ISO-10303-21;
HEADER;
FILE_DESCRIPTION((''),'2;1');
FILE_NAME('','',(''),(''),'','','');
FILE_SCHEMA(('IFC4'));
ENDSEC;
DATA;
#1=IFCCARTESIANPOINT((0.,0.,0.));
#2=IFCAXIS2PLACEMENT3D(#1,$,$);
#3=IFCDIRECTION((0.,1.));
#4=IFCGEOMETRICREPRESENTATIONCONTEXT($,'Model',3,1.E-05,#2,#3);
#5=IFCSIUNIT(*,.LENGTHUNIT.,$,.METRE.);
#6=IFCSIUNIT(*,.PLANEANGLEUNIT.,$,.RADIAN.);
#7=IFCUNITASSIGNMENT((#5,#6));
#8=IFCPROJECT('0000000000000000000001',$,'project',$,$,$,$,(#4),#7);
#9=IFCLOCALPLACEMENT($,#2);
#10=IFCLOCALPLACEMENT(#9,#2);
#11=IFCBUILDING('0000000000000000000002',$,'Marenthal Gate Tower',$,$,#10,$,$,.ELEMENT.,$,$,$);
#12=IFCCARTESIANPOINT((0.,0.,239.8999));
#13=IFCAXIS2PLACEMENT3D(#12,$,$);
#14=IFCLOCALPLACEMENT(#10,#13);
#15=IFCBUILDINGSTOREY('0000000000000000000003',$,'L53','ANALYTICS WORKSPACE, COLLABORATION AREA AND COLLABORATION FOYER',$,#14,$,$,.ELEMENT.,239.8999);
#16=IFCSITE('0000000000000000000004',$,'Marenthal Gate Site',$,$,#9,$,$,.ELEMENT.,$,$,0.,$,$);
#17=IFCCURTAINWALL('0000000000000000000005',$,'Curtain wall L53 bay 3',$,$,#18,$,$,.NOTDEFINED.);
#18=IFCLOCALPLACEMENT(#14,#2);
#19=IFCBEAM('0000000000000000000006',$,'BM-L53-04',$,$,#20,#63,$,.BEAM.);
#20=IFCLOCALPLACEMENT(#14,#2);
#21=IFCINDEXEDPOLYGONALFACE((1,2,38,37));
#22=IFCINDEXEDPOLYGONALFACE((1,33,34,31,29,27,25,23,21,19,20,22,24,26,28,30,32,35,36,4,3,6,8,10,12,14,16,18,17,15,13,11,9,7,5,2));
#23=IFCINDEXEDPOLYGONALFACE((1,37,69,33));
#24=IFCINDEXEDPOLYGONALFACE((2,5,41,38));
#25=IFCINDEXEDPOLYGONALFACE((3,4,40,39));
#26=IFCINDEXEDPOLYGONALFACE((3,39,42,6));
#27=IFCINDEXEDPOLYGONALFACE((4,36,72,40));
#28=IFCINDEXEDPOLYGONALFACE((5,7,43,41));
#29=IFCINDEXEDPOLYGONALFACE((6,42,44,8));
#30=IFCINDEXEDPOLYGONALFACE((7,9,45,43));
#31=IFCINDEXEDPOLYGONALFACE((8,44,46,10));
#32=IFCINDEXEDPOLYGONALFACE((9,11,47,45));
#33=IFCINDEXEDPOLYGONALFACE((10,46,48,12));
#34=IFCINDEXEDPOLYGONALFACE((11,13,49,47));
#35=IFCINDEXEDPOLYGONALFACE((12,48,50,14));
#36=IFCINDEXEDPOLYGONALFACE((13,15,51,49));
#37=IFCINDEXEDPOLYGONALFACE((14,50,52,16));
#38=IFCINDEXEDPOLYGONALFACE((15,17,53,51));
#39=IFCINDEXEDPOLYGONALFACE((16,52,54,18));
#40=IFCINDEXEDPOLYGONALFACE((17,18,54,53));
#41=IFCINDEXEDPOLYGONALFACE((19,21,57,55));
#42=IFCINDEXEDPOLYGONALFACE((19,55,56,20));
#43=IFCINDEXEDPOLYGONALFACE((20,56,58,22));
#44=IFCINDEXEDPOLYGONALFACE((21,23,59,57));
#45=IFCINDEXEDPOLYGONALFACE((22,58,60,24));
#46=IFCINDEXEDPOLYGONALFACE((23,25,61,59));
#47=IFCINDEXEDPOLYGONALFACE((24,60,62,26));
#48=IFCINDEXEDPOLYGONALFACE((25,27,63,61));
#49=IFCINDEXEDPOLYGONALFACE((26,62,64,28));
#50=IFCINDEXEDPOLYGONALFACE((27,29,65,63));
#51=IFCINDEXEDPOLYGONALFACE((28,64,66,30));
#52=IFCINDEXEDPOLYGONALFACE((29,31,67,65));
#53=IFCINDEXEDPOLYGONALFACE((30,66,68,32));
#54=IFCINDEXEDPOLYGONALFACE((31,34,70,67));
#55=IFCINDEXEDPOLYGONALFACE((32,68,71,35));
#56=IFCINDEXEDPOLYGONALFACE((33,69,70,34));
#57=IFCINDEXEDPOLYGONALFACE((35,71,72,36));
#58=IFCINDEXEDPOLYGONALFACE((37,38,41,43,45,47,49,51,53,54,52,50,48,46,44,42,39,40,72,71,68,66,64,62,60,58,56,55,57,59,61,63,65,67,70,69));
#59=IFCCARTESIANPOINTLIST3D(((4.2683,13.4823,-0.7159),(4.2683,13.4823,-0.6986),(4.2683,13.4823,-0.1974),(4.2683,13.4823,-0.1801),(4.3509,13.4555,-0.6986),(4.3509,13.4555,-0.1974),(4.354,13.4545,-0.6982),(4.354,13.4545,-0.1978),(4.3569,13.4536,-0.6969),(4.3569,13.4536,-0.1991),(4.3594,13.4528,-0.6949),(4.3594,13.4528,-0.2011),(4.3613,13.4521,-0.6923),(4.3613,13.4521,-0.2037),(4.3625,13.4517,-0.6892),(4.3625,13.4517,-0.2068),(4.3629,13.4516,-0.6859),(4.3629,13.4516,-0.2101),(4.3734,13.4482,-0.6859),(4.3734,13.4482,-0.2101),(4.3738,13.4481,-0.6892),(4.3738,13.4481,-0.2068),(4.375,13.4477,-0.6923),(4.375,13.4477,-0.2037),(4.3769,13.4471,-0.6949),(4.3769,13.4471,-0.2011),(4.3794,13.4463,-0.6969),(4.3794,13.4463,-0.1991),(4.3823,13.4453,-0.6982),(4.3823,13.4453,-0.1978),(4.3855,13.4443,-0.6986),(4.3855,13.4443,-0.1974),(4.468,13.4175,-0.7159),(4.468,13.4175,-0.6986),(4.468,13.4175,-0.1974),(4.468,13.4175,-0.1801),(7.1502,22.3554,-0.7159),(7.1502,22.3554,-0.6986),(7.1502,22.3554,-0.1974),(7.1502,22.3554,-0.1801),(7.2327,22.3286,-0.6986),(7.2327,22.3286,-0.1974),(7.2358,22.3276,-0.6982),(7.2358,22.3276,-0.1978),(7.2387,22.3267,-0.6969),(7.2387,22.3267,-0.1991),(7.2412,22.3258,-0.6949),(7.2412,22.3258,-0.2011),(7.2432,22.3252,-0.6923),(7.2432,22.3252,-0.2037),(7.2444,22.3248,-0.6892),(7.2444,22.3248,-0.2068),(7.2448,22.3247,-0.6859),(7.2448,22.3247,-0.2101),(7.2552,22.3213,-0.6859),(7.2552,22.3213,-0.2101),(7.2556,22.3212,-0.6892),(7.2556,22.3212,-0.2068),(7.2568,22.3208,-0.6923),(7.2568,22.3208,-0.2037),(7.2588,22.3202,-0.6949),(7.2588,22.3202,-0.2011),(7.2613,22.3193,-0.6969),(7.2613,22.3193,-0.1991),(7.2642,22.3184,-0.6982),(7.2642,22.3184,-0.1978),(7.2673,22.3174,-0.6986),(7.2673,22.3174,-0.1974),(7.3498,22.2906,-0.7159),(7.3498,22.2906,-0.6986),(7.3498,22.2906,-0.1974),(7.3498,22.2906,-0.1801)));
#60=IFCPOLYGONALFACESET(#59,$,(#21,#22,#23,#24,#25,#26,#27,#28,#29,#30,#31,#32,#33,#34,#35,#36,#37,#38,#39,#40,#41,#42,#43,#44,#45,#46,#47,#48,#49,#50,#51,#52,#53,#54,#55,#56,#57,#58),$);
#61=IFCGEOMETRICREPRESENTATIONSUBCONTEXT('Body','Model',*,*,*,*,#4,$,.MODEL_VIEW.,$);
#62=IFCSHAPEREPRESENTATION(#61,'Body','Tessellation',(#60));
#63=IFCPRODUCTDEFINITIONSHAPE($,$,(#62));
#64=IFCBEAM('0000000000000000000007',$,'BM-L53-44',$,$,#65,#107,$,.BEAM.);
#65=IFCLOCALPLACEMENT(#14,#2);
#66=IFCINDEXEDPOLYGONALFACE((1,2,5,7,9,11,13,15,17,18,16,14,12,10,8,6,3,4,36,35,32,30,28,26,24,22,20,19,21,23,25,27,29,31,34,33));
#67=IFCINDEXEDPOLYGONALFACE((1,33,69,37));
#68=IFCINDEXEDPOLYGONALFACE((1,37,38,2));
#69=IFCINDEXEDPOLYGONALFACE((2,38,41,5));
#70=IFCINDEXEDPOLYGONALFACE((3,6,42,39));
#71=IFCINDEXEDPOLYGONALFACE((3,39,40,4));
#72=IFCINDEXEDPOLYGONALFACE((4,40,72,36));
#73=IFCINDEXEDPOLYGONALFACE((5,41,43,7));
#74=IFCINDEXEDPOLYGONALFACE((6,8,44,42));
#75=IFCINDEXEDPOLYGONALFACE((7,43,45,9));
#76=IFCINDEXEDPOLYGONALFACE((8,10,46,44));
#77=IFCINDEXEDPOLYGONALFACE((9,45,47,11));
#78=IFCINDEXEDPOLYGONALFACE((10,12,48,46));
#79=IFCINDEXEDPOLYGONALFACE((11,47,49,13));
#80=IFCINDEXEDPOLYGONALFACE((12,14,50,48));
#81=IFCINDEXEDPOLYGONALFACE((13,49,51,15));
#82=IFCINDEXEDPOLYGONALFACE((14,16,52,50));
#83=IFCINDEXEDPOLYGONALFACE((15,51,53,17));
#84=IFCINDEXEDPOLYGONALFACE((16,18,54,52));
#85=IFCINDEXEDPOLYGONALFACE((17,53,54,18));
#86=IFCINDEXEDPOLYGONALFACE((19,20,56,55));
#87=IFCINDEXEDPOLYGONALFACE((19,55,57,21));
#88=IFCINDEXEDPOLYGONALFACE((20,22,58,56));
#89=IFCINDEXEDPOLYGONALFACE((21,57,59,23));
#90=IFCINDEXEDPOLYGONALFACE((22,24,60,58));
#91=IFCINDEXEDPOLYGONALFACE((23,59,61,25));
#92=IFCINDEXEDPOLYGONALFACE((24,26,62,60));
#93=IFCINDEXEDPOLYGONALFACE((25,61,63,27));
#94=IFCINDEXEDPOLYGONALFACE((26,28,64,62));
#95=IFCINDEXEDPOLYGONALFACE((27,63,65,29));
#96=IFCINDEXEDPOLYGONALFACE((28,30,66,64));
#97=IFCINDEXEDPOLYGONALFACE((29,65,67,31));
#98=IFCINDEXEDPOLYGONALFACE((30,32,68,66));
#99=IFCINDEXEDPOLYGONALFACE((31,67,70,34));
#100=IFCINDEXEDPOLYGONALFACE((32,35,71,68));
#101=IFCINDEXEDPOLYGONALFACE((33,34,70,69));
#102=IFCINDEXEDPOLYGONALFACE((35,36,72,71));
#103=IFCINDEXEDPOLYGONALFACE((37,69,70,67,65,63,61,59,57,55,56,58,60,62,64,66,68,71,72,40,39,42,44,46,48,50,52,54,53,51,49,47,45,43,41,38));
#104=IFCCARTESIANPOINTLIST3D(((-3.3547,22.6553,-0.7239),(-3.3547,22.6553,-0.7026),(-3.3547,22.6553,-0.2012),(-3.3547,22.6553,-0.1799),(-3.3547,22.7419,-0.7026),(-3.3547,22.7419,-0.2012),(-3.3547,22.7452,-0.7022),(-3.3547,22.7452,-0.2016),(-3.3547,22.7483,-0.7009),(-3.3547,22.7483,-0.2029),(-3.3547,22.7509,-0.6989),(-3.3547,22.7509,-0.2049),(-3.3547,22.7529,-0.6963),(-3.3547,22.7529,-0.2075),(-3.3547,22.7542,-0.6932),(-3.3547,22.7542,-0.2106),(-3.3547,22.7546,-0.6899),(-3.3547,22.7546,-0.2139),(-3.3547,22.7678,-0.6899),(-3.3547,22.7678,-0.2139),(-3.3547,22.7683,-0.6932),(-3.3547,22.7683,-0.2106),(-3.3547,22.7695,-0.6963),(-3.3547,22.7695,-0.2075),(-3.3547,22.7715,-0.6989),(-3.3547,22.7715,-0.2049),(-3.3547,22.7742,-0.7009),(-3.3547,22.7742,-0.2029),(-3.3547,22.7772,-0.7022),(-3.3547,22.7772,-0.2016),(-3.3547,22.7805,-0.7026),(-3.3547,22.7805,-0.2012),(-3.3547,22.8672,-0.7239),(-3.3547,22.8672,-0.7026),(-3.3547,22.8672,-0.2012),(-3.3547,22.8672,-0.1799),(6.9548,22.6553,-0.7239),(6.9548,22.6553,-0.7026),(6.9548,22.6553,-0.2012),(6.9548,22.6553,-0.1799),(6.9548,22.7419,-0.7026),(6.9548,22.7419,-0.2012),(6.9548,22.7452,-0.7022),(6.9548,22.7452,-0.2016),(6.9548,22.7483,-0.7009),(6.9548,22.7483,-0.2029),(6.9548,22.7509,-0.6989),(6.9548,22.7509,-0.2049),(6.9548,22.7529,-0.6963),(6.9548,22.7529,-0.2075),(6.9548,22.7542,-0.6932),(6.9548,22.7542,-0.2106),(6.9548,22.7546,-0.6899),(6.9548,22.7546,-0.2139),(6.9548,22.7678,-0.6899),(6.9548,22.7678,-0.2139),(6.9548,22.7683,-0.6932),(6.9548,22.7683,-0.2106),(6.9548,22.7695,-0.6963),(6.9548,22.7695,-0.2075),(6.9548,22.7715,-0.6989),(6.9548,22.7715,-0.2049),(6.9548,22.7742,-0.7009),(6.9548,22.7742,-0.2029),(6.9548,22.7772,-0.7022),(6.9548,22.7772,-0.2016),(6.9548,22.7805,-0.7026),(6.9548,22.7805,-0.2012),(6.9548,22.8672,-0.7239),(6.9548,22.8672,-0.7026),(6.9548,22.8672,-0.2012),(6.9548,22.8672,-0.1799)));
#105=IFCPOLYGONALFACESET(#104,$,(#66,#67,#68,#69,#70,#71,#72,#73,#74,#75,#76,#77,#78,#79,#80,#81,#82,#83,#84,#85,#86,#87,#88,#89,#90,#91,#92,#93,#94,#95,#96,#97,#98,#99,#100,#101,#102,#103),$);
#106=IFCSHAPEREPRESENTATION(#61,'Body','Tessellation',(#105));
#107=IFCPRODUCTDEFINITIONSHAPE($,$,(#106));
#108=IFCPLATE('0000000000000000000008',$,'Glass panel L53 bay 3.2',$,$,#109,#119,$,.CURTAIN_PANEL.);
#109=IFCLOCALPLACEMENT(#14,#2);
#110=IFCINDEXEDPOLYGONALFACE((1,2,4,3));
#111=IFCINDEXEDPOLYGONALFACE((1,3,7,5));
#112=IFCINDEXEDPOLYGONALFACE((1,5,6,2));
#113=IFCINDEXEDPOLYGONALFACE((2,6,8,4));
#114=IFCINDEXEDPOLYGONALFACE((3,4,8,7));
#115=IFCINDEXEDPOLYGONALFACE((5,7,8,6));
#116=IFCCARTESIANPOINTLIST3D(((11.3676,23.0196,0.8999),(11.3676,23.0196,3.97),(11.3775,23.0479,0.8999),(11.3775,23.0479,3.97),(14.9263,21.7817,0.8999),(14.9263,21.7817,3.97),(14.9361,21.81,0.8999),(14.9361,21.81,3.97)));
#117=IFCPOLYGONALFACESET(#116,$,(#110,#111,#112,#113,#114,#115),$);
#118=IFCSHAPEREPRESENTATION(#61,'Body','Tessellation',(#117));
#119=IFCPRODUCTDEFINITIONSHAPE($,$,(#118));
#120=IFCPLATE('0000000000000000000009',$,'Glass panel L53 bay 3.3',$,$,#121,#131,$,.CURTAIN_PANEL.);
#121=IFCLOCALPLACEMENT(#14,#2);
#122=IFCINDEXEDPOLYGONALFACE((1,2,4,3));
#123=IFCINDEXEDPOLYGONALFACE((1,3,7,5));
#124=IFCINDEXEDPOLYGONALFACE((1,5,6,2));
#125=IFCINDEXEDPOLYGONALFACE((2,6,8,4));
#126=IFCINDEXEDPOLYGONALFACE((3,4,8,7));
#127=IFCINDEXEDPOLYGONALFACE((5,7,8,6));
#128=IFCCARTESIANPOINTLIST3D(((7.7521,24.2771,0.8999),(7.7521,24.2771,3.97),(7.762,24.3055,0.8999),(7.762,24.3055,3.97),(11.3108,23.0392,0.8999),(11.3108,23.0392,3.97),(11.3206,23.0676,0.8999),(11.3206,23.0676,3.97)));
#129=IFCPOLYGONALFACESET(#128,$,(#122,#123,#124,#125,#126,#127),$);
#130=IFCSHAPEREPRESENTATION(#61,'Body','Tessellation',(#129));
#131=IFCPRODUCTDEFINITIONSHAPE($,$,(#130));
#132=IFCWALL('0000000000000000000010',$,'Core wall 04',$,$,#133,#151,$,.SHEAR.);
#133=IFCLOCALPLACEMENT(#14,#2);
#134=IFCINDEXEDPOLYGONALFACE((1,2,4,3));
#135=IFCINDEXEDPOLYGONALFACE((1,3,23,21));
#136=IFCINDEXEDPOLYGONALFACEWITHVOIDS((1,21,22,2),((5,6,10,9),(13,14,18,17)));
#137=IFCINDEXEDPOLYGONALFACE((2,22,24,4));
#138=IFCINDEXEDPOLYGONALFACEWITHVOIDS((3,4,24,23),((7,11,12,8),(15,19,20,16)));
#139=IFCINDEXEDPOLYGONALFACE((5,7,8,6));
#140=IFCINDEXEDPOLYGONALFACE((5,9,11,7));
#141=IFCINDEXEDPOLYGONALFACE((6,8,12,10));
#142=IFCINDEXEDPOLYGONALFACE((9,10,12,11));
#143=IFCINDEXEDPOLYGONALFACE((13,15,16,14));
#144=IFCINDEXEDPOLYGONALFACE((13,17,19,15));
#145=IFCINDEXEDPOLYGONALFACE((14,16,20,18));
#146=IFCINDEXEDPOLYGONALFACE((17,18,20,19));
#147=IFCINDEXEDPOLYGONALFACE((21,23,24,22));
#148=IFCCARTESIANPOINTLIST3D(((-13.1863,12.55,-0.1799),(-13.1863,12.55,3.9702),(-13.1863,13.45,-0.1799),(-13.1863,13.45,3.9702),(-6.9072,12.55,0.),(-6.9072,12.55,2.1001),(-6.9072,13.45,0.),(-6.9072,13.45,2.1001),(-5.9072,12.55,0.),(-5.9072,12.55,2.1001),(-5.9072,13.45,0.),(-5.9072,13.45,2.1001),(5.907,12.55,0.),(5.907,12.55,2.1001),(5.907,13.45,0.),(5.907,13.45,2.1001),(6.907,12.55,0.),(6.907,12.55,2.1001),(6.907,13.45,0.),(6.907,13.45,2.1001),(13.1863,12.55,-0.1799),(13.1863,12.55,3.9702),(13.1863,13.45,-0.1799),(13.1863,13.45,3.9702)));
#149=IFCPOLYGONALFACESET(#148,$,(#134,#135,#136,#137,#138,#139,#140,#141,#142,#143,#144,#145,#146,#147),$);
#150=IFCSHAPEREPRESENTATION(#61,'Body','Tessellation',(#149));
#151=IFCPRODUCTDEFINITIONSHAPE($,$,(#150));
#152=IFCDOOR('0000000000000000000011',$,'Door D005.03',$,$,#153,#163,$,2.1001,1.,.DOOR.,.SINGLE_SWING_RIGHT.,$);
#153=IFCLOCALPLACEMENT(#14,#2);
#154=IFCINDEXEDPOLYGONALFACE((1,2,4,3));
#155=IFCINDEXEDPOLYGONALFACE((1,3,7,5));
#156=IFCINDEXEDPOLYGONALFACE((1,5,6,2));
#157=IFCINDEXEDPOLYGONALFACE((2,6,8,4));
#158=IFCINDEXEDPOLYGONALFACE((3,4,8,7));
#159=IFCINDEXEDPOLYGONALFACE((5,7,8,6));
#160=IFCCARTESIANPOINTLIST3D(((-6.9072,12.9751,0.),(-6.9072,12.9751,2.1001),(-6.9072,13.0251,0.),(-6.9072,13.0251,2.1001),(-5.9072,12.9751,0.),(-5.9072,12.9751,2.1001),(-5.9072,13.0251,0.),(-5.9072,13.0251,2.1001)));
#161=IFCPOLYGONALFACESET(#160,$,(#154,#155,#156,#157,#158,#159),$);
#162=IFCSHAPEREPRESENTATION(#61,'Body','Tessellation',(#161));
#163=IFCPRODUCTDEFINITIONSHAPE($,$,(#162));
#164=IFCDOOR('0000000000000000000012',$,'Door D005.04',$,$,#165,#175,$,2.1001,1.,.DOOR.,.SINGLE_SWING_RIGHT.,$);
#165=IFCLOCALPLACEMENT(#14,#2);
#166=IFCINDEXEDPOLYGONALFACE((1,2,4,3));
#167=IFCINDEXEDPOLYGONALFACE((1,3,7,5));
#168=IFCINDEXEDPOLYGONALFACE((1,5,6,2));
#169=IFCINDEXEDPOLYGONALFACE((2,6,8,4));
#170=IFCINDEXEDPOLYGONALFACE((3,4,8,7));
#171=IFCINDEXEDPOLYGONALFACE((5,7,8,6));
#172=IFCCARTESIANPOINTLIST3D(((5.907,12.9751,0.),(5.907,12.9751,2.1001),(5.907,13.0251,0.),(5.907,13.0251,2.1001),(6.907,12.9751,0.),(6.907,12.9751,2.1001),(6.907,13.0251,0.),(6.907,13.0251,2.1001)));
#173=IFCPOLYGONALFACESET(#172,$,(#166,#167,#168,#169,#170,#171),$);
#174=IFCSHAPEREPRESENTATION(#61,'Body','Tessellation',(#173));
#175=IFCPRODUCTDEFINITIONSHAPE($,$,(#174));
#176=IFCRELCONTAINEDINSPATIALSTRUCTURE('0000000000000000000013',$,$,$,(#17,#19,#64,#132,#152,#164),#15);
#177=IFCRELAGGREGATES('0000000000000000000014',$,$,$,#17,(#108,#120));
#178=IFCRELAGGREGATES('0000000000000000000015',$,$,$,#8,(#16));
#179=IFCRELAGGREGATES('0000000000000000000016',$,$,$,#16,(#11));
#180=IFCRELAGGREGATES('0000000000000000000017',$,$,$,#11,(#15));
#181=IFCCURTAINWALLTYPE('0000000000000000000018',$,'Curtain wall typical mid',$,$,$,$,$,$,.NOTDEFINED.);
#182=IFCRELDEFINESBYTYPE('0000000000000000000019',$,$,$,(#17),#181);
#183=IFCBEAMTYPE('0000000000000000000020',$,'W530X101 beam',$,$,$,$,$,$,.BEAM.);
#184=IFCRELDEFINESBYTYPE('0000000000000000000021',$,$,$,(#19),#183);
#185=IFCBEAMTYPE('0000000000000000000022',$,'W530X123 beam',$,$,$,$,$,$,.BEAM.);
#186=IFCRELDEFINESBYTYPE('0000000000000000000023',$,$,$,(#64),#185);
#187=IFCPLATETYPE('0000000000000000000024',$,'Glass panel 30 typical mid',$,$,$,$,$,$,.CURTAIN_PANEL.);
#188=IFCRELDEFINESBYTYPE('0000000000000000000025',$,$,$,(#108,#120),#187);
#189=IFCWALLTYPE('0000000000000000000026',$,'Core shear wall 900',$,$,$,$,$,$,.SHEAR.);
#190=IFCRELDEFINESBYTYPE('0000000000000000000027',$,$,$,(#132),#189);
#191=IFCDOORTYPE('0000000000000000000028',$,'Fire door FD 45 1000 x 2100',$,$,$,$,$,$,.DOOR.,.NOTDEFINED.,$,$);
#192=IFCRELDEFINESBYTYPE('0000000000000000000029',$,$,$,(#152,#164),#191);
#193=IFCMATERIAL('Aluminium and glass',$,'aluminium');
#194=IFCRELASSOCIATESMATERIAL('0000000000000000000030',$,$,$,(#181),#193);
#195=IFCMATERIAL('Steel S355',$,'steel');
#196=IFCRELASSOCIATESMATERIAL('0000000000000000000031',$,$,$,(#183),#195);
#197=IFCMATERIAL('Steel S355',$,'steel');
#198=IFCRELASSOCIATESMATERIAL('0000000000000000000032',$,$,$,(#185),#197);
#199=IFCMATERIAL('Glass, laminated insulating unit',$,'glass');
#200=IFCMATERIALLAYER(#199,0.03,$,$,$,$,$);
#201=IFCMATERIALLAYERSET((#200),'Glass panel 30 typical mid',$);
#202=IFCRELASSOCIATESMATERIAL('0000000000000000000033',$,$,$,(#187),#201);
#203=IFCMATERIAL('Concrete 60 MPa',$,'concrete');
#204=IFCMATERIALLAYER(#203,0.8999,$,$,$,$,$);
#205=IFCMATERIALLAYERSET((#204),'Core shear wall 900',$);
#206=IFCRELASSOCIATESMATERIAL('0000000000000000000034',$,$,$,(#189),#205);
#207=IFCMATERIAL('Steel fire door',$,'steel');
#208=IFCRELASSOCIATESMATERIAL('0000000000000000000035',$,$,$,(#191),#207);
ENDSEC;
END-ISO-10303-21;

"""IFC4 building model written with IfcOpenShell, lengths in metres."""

from ifc_helpers import new_model, si_unit, direction, frame, frame_2d, origin, origin_2d, place, context, subcontext, project, spatial, rectangle, i_section, extrude, material, layer, layer_set, material_profile, profile_set, type_object, element, fill, aggregate, save


model = new_model("IFC4")

# Units and contexts
model_context = context("Model", 3, precision=1e-05, world=origin(), true_north=direction((0.0, 1.0)))
body_context = subcontext(model_context, "Body", "Model", "MODEL_VIEW")
ifc_project = project(units=[si_unit("LENGTHUNIT", "METRE"), si_unit("PLANEANGLEUNIT", "RADIAN")], contexts=[model_context])

# Site, building, storey
site_placement = place(None, origin())
site = spatial("IfcSite", under=ifc_project, at=site_placement, Name="Marenthal Gate Site", CompositionType="ELEMENT", RefElevation=0.0)
building_placement = place(site_placement, origin())
building = spatial("IfcBuilding", under=site, at=building_placement, Name="Marenthal Gate Tower", CompositionType="ELEMENT")
storey_placement = place(building_placement, frame((0.0, 0.0, 239.8999)))
storey = spatial("IfcBuildingStorey", under=building, at=storey_placement, Name="L53", Description="ANALYTICS WORKSPACE, COLLABORATION AREA AND COLLABORATION FOYER", CompositionType="ELEMENT", Elevation=239.8999)

# Curtain wall
ifc_material_1 = material(Name="Aluminium and glass", Category="aluminium")
curtain_wall_type = type_object("IfcCurtainWallType", Name="Curtain wall typical mid", PredefinedType="NOTDEFINED", material=ifc_material_1)
curtain_wall_placement = place(storey_placement, origin())
curtain_wall = element("IfcCurtainWall", 1, at=curtain_wall_placement, inside=storey, type_object=curtain_wall_type, Name="Curtain wall L53 bay 3", PredefinedType="NOTDEFINED")

# Beams
ifc_material_2 = material(Name="Steel S355", Category="steel")
ifc_material_profile_1 = material_profile(ifc_material_2, i_section(OverallWidth=0.21, OverallDepth=0.5359, WebThickness=0.011, FlangeThickness=0.0173, FilletRadius=0.0127, at=origin_2d()), Name="W530X101")
ifc_profile_set_1 = profile_set([ifc_material_profile_1], Name="Steel S355")
beam_type_1 = type_object("IfcBeamType", Name="W530X101 beam", PredefinedType="BEAM", material=ifc_profile_set_1)
beam_1_placement = place(storey_placement, frame((7.25, 22.323, -0.448), z_axis=(-0.308901, -0.951094, 0.0), x_axis=(0.951094, -0.308901, 0.0)))
element("IfcBeam", 2, at=beam_1_placement, inside=storey, type_object=beam_type_1, Name="BM-L53-04", PredefinedType="BEAM", context=body_context, shape_type="SweptSolid", body=[
    extrude(i_section(OverallWidth=0.21, OverallDepth=0.5359, WebThickness=0.011, FlangeThickness=0.0173, FilletRadius=0.0127, at=origin_2d()), origin(), (0.0, 0.0, 1.0), 9.3293),
])
ifc_material_3 = material(Name="Steel S355", Category="steel")
ifc_material_profile_2 = material_profile(ifc_material_3, i_section(OverallWidth=0.2119, OverallDepth=0.5439, WebThickness=0.0132, FlangeThickness=0.0212, FilletRadius=0.0127, at=origin_2d()), Name="W530X123")
ifc_profile_set_2 = profile_set([ifc_material_profile_2], Name="Steel S355")
beam_type_2 = type_object("IfcBeamType", Name="W530X123 beam", PredefinedType="BEAM", material=ifc_profile_set_2)
beam_2_placement = place(storey_placement, frame((6.9548, 22.7612, -0.4519), z_axis=(-1.0, 0.0, 0.0), x_axis=(0.0, -1.0, 0.0)))
element("IfcBeam", 3, at=beam_2_placement, inside=storey, type_object=beam_type_2, Name="BM-L53-44", PredefinedType="BEAM", context=body_context, shape_type="SweptSolid", body=[
    extrude(i_section(OverallWidth=0.2119, OverallDepth=0.5439, WebThickness=0.0132, FlangeThickness=0.0212, FilletRadius=0.0127, at=origin_2d()), origin(), (0.0, 0.0, 1.0), 10.3096),
])

# Plates
ifc_material_4 = material(Name="Glass, laminated insulating unit", Category="glass")
ifc_layer_1 = layer(ifc_material_4, 0.03)
ifc_layer_set_1 = layer_set([ifc_layer_1], Name="Glass panel 30 typical mid")
plate_type = type_object("IfcPlateType", Name="Glass panel 30 typical mid", PredefinedType="CURTAIN_PANEL", material=ifc_layer_set_1)
plate_1_placement = place(storey_placement, frame((13.1519, 22.4148, 0.8999), z_axis=(0.0, 0.0, 1.0), x_axis=(-0.94449, 0.32854, 0.0)))
plate_1 = element("IfcPlate", 4, at=plate_1_placement, type_object=plate_type, Name="Glass panel L53 bay 3.2", PredefinedType="CURTAIN_PANEL", context=body_context, shape_type="SweptSolid", body=[
    extrude(rectangle(XDim=3.7678, YDim=0.03, at=origin_2d()), origin(), (0.0, 0.0, 1.0), 3.0701),
])
plate_2_placement = place(storey_placement, frame((9.5364, 23.6724, 0.8999), z_axis=(0.0, 0.0, 1.0), x_axis=(-0.94449, 0.32854, 0.0)))
plate_2 = element("IfcPlate", 5, at=plate_2_placement, type_object=plate_type, Name="Glass panel L53 bay 3.3", PredefinedType="CURTAIN_PANEL", context=body_context, shape_type="SweptSolid", body=[
    extrude(rectangle(XDim=3.7678, YDim=0.03, at=origin_2d()), origin(), (0.0, 0.0, 1.0), 3.0701),
])
aggregate(curtain_wall, [plate_1, plate_2])

# Wall, openings, doors
ifc_material_5 = material(Name="Concrete 60 MPa", Category="concrete")
ifc_layer_2 = layer(ifc_material_5, 0.8999)
ifc_layer_set_2 = layer_set([ifc_layer_2], Name="Core shear wall 900")
wall_type_1 = type_object("IfcWallType", Name="Core shear wall 900", PredefinedType="SHEAR", material=ifc_layer_set_2)
wall_1_placement = place(storey_placement, frame((13.1863, 13.0, -0.1799), z_axis=(0.0, 0.0, 1.0), x_axis=(-1.0, 0.0, 0.0)))
wall_1 = element("IfcWall", 6, at=wall_1_placement, inside=storey, type_object=wall_type_1, Name="Core wall 04", PredefinedType="SHEAR", context=body_context, shape_type="SweptSolid", body=[
    extrude(rectangle(XDim=26.3726, YDim=0.8999, at=frame_2d((13.1863, 0.0))), origin(), (0.0, 0.0, 1.0), 4.1501),
])
opening_1_placement = place(wall_1_placement, frame((19.0935, 0.0, 0.1799)))
opening_1 = element("IfcOpeningElement", 7, at=opening_1_placement, cuts=wall_1, PredefinedType="OPENING", context=body_context, shape_type="SweptSolid", body=[
    extrude(rectangle(XDim=1.0, YDim=2.1001, at=frame_2d((0.5, 1.05))), frame((0.0, 0.46, 0.0), z_axis=(0.0, -1.0, 0.0), x_axis=(1.0, 0.0, 0.0)), (0.0, 0.0, 1.0), 0.9199),
])
opening_2_placement = place(wall_1_placement, frame((6.2793, 0.0, 0.1799)))
opening_2 = element("IfcOpeningElement", 8, at=opening_2_placement, cuts=wall_1, PredefinedType="OPENING", context=body_context, shape_type="SweptSolid", body=[
    extrude(rectangle(XDim=1.0, YDim=2.1001, at=frame_2d((0.5, 1.05))), frame((0.0, 0.46, 0.0), z_axis=(0.0, -1.0, 0.0), x_axis=(1.0, 0.0, 0.0)), (0.0, 0.0, 1.0), 0.9199),
])
ifc_material_6 = material(Name="Steel fire door", Category="steel")
door_type_1 = type_object("IfcDoorType", Name="Fire door FD 45 1000 x 2100", OperationType="NOTDEFINED", PredefinedType="DOOR", material=ifc_material_6)
door_1_placement = place(opening_1_placement, origin())
door_1 = element("IfcDoor", 9, at=door_1_placement, inside=storey, type_object=door_type_1, Name="Door D005.03", OperationType="SINGLE_SWING_RIGHT", OverallHeight=2.1001, OverallWidth=1.0, PredefinedType="DOOR", context=body_context, shape_type="SweptSolid", body=[
    extrude(rectangle(XDim=1.0, YDim=2.1001, at=frame_2d((0.5, 1.05))), frame((0.0, 0.0249, 0.0), z_axis=(0.0, -1.0, 0.0), x_axis=(1.0, 0.0, 0.0)), (0.0, 0.0, 1.0), 0.05),
])
fill(opening_1, door_1)
door_2_placement = place(opening_2_placement, origin())
door_2 = element("IfcDoor", 10, at=door_2_placement, inside=storey, type_object=door_type_1, Name="Door D005.04", OperationType="SINGLE_SWING_RIGHT", OverallHeight=2.1001, OverallWidth=1.0, PredefinedType="DOOR", context=body_context, shape_type="SweptSolid", body=[
    extrude(rectangle(XDim=1.0, YDim=2.1001, at=frame_2d((0.5, 1.05))), frame((0.0, 0.0249, 0.0), z_axis=(0.0, -1.0, 0.0), x_axis=(1.0, 0.0, 0.0)), (0.0, 0.0, 1.0), 0.05),
])
fill(opening_2, door_2)

save(model, "model.ifc")
